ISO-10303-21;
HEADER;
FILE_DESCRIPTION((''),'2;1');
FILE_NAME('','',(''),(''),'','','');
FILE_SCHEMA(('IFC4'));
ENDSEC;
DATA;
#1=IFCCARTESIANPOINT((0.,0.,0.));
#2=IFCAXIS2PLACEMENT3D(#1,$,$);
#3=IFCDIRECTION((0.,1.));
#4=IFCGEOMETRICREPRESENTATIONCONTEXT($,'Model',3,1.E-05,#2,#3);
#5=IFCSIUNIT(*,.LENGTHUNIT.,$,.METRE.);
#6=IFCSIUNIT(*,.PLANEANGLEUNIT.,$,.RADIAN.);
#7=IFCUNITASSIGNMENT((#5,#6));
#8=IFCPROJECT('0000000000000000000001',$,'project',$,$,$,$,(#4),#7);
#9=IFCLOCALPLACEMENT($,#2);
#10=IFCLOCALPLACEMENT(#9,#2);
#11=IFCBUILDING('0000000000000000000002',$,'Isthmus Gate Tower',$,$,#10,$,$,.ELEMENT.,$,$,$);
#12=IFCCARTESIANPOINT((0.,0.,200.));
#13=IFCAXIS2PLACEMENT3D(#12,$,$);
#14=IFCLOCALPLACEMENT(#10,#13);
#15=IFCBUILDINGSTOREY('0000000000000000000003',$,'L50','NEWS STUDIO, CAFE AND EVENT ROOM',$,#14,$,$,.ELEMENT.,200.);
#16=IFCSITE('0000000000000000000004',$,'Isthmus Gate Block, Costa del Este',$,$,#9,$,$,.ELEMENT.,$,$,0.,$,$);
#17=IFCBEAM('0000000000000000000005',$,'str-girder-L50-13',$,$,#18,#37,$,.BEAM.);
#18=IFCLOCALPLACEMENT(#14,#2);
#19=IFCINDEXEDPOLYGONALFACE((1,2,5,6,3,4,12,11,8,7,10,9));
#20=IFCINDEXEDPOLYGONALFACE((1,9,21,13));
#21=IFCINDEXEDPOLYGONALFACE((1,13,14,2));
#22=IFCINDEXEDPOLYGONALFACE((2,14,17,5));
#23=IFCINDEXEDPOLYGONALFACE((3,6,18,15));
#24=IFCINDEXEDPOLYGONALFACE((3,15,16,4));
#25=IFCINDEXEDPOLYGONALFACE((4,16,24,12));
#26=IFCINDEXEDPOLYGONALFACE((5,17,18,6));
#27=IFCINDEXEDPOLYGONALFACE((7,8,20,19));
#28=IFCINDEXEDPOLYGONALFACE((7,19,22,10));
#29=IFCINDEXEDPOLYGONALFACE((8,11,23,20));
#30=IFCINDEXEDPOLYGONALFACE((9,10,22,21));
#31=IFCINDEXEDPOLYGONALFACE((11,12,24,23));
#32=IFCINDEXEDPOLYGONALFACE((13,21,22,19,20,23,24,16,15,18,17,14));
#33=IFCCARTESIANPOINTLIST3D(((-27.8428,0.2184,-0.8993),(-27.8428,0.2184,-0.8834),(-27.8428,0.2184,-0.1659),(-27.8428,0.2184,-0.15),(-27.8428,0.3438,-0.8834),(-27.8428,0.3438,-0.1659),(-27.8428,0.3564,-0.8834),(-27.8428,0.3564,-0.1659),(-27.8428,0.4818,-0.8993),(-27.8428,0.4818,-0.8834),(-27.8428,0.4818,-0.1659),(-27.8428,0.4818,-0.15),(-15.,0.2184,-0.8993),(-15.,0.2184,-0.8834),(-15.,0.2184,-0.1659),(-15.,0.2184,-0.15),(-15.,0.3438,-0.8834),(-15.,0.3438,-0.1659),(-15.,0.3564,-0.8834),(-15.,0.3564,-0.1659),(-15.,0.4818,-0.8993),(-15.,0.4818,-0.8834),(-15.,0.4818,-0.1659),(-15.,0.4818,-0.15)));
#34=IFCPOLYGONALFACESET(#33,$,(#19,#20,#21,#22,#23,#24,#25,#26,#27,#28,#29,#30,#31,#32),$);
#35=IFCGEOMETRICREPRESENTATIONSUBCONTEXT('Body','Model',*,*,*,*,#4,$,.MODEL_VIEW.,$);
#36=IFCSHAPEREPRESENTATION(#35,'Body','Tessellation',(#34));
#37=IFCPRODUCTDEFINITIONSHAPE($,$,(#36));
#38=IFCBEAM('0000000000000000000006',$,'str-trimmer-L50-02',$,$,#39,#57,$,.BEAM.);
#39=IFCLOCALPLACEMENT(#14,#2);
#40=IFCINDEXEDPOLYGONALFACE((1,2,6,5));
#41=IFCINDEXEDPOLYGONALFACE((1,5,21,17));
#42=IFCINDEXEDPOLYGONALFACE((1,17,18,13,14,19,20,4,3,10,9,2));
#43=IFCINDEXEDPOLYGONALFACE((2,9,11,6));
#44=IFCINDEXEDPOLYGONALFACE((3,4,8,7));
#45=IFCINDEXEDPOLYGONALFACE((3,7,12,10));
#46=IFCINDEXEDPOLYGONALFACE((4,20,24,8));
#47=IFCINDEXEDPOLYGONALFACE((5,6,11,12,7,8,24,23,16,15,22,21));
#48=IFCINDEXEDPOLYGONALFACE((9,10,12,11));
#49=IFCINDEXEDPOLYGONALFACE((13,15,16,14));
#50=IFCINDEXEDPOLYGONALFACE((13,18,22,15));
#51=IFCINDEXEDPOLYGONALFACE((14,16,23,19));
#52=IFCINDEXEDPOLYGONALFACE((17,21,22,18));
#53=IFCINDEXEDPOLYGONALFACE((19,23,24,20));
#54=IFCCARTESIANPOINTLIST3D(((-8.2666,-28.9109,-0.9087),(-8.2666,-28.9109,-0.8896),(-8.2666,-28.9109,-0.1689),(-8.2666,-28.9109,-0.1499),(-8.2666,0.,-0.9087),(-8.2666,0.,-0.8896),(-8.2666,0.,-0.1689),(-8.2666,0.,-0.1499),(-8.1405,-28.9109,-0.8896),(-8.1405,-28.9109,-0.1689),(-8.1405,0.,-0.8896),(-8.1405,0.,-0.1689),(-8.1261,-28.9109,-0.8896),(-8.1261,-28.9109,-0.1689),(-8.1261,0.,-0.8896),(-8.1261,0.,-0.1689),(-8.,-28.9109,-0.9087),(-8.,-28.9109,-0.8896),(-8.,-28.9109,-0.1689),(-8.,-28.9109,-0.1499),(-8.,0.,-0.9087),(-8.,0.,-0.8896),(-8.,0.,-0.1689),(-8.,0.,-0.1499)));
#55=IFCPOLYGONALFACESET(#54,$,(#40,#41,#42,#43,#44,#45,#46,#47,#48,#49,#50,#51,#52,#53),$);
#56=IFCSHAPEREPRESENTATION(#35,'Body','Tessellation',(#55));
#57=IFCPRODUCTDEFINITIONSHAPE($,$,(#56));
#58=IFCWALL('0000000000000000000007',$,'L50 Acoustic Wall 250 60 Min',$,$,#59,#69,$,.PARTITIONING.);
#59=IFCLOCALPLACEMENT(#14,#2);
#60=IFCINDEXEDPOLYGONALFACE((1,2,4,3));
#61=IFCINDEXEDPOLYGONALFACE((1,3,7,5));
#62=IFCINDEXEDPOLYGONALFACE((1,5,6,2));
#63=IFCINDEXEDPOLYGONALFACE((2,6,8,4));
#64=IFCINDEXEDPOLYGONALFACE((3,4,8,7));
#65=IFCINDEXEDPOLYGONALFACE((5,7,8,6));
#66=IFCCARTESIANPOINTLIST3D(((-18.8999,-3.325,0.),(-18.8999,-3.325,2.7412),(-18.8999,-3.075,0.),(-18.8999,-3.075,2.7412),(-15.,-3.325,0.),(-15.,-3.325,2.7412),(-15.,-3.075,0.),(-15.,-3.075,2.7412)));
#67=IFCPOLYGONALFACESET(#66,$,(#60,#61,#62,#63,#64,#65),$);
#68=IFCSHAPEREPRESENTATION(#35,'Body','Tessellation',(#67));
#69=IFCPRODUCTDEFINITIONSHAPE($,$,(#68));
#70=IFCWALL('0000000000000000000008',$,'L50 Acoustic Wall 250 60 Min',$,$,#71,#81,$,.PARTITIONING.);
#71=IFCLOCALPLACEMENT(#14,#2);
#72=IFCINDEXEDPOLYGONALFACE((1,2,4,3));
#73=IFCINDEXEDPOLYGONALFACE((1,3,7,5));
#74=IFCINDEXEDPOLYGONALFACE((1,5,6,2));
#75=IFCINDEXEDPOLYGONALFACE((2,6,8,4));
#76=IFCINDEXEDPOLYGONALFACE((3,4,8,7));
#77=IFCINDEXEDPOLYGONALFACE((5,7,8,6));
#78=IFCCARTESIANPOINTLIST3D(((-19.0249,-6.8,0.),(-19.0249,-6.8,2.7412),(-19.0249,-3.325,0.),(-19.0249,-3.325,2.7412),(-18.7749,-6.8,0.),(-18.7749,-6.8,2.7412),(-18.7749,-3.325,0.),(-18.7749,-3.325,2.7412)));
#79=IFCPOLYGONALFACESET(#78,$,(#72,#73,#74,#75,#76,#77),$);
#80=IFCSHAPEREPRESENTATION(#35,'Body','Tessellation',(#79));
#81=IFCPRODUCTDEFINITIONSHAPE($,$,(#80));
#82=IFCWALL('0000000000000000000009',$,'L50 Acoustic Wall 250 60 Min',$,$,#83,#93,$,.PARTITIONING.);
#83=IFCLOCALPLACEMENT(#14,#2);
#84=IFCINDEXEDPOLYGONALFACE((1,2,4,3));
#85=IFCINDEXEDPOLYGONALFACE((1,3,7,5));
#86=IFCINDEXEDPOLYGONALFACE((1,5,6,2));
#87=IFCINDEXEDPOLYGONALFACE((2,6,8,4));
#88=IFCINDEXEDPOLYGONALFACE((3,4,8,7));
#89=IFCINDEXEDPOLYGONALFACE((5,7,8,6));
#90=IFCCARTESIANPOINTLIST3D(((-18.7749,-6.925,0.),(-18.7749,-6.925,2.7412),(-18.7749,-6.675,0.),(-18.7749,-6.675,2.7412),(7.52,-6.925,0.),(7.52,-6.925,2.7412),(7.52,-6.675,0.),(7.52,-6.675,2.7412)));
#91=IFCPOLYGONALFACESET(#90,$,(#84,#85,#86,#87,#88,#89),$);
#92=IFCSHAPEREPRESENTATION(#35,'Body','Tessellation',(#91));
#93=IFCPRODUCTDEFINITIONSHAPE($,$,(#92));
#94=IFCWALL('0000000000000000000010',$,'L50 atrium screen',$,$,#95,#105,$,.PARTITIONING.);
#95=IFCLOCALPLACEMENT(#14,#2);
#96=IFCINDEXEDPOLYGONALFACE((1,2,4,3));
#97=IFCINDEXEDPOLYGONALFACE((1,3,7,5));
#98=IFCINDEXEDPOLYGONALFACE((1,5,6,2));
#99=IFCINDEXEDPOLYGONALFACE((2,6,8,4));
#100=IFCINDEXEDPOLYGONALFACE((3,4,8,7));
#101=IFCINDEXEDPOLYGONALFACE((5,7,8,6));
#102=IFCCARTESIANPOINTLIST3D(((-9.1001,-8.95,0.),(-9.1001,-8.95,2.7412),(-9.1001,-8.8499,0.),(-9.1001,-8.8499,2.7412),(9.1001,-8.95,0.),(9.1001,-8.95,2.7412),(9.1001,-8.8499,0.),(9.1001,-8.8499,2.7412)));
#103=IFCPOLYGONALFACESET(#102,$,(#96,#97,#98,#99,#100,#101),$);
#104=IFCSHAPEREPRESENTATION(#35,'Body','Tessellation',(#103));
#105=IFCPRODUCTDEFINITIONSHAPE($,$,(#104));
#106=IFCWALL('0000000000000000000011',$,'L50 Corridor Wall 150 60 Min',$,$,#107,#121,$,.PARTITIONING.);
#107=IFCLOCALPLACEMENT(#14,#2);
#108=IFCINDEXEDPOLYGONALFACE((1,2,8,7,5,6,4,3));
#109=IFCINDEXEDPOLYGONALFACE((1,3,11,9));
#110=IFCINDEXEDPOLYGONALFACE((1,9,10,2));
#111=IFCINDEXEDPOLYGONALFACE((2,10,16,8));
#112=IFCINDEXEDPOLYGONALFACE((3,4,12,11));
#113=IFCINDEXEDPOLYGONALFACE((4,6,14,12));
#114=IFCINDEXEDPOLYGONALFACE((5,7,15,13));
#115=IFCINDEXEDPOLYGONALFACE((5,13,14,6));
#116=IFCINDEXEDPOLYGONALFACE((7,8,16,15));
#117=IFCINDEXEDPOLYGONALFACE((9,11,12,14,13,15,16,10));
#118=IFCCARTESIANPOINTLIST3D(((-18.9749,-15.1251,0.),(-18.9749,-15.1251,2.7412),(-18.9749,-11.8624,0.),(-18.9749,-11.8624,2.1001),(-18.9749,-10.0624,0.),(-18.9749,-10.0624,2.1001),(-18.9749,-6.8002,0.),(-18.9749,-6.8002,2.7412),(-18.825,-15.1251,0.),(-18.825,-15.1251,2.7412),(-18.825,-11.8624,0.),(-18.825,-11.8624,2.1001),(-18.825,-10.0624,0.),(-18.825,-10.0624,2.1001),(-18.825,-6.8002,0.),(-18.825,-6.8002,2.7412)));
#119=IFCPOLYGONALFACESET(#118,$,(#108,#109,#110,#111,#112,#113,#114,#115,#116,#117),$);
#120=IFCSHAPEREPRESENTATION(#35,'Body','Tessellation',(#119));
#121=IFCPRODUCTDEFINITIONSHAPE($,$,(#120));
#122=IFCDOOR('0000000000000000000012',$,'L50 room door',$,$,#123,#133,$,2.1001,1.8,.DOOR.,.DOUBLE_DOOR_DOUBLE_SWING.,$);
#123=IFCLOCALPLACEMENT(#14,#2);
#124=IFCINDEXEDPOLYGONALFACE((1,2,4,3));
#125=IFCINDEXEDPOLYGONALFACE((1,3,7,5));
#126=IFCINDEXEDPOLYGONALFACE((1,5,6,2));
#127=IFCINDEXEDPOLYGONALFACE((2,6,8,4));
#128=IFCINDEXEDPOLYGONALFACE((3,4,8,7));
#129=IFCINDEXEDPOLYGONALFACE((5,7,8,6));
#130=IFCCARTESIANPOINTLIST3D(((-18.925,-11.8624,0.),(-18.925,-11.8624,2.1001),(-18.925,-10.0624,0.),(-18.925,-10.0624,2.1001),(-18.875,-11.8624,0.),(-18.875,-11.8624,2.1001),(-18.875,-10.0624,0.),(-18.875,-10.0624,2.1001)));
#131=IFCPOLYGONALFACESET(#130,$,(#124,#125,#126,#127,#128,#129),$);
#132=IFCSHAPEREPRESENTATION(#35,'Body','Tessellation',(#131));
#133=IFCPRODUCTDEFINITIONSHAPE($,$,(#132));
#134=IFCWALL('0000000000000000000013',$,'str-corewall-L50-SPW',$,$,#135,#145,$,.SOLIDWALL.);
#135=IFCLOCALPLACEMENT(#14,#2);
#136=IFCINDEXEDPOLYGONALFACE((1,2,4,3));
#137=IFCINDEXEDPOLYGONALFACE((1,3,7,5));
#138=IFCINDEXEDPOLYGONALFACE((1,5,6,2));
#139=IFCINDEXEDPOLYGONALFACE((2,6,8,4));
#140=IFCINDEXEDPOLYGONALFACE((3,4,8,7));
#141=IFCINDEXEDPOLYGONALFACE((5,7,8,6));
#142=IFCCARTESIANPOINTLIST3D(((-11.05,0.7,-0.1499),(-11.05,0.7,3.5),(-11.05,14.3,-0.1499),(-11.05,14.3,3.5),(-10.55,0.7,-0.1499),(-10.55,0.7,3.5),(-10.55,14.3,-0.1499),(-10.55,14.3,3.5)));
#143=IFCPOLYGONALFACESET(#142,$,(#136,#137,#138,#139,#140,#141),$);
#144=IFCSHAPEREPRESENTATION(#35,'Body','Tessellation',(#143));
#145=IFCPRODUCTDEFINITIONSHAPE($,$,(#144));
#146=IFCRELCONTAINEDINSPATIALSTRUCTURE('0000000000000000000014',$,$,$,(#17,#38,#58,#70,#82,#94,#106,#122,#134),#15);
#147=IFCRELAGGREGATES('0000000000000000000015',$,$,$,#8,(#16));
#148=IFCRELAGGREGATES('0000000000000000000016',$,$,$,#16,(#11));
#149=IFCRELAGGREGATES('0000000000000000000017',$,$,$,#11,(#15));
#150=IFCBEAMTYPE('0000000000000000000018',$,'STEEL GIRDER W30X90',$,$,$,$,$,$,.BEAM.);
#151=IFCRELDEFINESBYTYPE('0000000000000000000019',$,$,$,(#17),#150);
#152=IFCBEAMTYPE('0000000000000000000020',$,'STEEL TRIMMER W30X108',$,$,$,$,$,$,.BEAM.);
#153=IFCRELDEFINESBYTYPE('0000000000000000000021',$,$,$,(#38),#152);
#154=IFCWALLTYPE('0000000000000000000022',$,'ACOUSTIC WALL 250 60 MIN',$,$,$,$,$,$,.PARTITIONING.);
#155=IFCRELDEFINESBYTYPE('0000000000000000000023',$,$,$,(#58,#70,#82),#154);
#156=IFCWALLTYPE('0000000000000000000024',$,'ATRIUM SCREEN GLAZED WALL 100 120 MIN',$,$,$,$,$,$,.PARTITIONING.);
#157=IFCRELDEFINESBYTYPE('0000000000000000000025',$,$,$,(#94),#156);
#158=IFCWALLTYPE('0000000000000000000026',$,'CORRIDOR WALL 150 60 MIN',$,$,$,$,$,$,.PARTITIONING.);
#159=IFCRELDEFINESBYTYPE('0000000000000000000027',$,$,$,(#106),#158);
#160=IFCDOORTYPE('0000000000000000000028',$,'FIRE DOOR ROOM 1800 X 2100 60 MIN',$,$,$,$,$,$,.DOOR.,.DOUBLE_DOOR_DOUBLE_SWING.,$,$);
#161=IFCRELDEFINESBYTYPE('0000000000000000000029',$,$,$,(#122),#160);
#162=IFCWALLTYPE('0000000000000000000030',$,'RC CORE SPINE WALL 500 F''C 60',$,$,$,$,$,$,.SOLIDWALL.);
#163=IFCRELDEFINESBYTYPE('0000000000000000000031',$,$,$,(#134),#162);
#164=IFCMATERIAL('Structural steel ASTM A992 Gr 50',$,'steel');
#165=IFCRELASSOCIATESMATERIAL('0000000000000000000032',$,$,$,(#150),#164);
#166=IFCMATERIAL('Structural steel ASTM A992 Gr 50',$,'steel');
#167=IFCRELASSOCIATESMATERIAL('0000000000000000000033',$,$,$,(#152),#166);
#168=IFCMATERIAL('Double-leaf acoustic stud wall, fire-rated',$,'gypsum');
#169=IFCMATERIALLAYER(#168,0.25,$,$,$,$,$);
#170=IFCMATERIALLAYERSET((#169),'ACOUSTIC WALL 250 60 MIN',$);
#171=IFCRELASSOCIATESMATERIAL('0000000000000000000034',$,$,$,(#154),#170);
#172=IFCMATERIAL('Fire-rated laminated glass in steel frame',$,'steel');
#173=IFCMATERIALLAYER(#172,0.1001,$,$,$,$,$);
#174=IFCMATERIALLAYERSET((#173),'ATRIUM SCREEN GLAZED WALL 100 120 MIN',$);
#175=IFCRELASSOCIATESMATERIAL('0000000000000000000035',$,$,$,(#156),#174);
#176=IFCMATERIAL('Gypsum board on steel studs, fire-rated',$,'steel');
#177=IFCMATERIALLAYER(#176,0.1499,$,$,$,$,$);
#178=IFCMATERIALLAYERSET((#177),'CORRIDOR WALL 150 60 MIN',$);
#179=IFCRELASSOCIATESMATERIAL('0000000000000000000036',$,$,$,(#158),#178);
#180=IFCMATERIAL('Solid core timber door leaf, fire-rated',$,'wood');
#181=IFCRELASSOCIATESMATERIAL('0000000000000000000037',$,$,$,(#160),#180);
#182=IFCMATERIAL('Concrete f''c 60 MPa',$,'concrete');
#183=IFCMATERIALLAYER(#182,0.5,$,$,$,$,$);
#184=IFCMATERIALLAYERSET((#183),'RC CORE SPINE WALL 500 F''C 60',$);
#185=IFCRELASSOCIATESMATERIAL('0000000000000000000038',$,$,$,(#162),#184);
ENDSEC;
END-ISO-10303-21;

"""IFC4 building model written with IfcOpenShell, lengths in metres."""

from ifc_helpers import new_model, si_unit, direction, frame, frame_2d, origin, origin_2d, place, context, subcontext, project, spatial, rectangle, i_section, extrude, material, layer, layer_set, material_profile, profile_set, type_object, element, fill, save


model = new_model("IFC4")

# Units and contexts
model_context = context("Model", 3, precision=1e-05, world=origin(), true_north=direction((0.0, 1.0)))
body_context = subcontext(model_context, "Body", "Model", "MODEL_VIEW")
ifc_project = project(units=[si_unit("LENGTHUNIT", "METRE"), si_unit("PLANEANGLEUNIT", "RADIAN")], contexts=[model_context])

# Site, building, storey
site_placement = place(None, origin())
site = spatial("IfcSite", under=ifc_project, at=site_placement, Name="Isthmus Gate Block, Costa del Este", CompositionType="ELEMENT", RefElevation=0.0)
building_placement = place(site_placement, origin())
building = spatial("IfcBuilding", under=site, at=building_placement, Name="Isthmus Gate Tower", CompositionType="ELEMENT")
storey_placement = place(building_placement, frame((0.0, 0.0, 200.0)))
storey = spatial("IfcBuildingStorey", under=building, at=storey_placement, Name="L50", Description="NEWS STUDIO, CAFE AND EVENT ROOM", CompositionType="ELEMENT", Elevation=200.0)

# Beams
ifc_material_1 = material(Name="Structural steel ASTM A992 Gr 50", Category="steel")
ifc_material_profile_1 = material_profile(ifc_material_1, i_section(OverallWidth=0.2634, OverallDepth=0.7493, WebThickness=0.0127, FlangeThickness=0.0159, at=origin_2d()), Name="W30X90")
ifc_profile_set_1 = profile_set([ifc_material_profile_1], Name="Structural steel ASTM A992 Gr 50")
beam_type_1 = type_object("IfcBeamType", Name="STEEL GIRDER W30X90", PredefinedType="BEAM", material=ifc_profile_set_1)
beam_1_placement = place(storey_placement, frame((-15.0, 0.3501, -0.5247), z_axis=(-1.0, 0.0, 0.0), x_axis=(0.0, -1.0, 0.0)))
element("IfcBeam", 1, at=beam_1_placement, inside=storey, type_object=beam_type_1, Name="str-girder-L50-13", PredefinedType="BEAM", context=body_context, shape_type="SweptSolid", body=[
    extrude(i_section(OverallWidth=0.2634, OverallDepth=0.7493, WebThickness=0.0127, FlangeThickness=0.0159, at=origin_2d()), origin(), (0.0, 0.0, 1.0), 12.8428),
])
ifc_material_2 = material(Name="Structural steel ASTM A992 Gr 50", Category="steel")
ifc_material_profile_2 = material_profile(ifc_material_2, i_section(OverallWidth=0.2666, OverallDepth=0.7588, WebThickness=0.0144, FlangeThickness=0.019, at=origin_2d()), Name="W30X108")
ifc_profile_set_2 = profile_set([ifc_material_profile_2], Name="Structural steel ASTM A992 Gr 50")
beam_type_2 = type_object("IfcBeamType", Name="STEEL TRIMMER W30X108", PredefinedType="BEAM", material=ifc_profile_set_2)
beam_2_placement = place(storey_placement, frame((-8.1333, 0.0, -0.5293), z_axis=(0.0, -1.0, 0.0), x_axis=(1.0, 0.0, 0.0)))
element("IfcBeam", 2, at=beam_2_placement, inside=storey, type_object=beam_type_2, Name="str-trimmer-L50-02", PredefinedType="BEAM", context=body_context, shape_type="SweptSolid", body=[
    extrude(i_section(OverallWidth=0.2666, OverallDepth=0.7588, WebThickness=0.0144, FlangeThickness=0.019, at=origin_2d()), origin(), (0.0, 0.0, 1.0), 28.9109),
])

# Walls
ifc_material_3 = material(Name="Double-leaf acoustic stud wall, fire-rated", Category="gypsum")
ifc_layer_1 = layer(ifc_material_3, 0.25)
ifc_layer_set_1 = layer_set([ifc_layer_1], Name="ACOUSTIC WALL 250 60 MIN")
wall_type_1 = type_object("IfcWallType", Name="ACOUSTIC WALL 250 60 MIN", PredefinedType="PARTITIONING", material=ifc_layer_set_1)
wall_1_placement = place(storey_placement, frame((-15.0, -3.2, 0.0), z_axis=(0.0, 0.0, 1.0), x_axis=(-1.0, 0.0, 0.0)))
element("IfcWall", 3, at=wall_1_placement, inside=storey, type_object=wall_type_1, Name="L50 Acoustic Wall 250 60 Min", PredefinedType="PARTITIONING", context=body_context, shape_type="SweptSolid", body=[
    extrude(rectangle(XDim=3.8999, YDim=0.25, at=frame_2d((1.95, 0.0))), origin(), (0.0, 0.0, 1.0), 2.7412),
])
wall_2_placement = place(storey_placement, frame((-18.8999, -3.325, 0.0), z_axis=(0.0, 0.0, 1.0), x_axis=(0.0, -1.0, 0.0)))
element("IfcWall", 4, at=wall_2_placement, inside=storey, type_object=wall_type_1, Name="L50 Acoustic Wall 250 60 Min", PredefinedType="PARTITIONING", context=body_context, shape_type="SweptSolid", body=[
    extrude(rectangle(XDim=3.4751, YDim=0.25, at=frame_2d((1.7375, 0.0))), origin(), (0.0, 0.0, 1.0), 2.7412),
])
wall_3_placement = place(storey_placement, frame((-18.7749, -6.8, 0.0), z_axis=(0.0, 0.0, 1.0), x_axis=(1.0, 0.0, 0.0)))
element("IfcWall", 5, at=wall_3_placement, inside=storey, type_object=wall_type_1, Name="L50 Acoustic Wall 250 60 Min", PredefinedType="PARTITIONING", context=body_context, shape_type="SweptSolid", body=[
    extrude(rectangle(XDim=26.2949, YDim=0.25, at=frame_2d((13.1475, 0.0))), origin(), (0.0, 0.0, 1.0), 2.7412),
])
ifc_material_4 = material(Name="Fire-rated laminated glass in steel frame", Category="steel")
ifc_layer_2 = layer(ifc_material_4, 0.1001)
ifc_layer_set_2 = layer_set([ifc_layer_2], Name="ATRIUM SCREEN GLAZED WALL 100 120 MIN")
wall_type_2 = type_object("IfcWallType", Name="ATRIUM SCREEN GLAZED WALL 100 120 MIN", PredefinedType="PARTITIONING", material=ifc_layer_set_2)
wall_4_placement = place(storey_placement, frame((-9.1001, -8.8999, 0.0), z_axis=(0.0, 0.0, 1.0), x_axis=(1.0, 0.0, 0.0)))
element("IfcWall", 6, at=wall_4_placement, inside=storey, type_object=wall_type_2, Name="L50 atrium screen", PredefinedType="PARTITIONING", context=body_context, shape_type="SweptSolid", body=[
    extrude(rectangle(XDim=18.2002, YDim=0.1001, at=frame_2d((9.1001, 0.0))), origin(), (0.0, 0.0, 1.0), 2.7412),
])

# Wall, opening, door
ifc_material_5 = material(Name="Gypsum board on steel studs, fire-rated", Category="steel")
ifc_layer_3 = layer(ifc_material_5, 0.1499)
ifc_layer_set_3 = layer_set([ifc_layer_3], Name="CORRIDOR WALL 150 60 MIN")
wall_type_3 = type_object("IfcWallType", Name="CORRIDOR WALL 150 60 MIN", PredefinedType="PARTITIONING", material=ifc_layer_set_3)
wall_5_placement = place(storey_placement, frame((-18.8999, -6.8, 0.0), z_axis=(0.0, 0.0, 1.0), x_axis=(0.0, -1.0, 0.0)))
wall_5 = element("IfcWall", 7, at=wall_5_placement, inside=storey, type_object=wall_type_3, Name="L50 Corridor Wall 150 60 Min", PredefinedType="PARTITIONING", context=body_context, shape_type="SweptSolid", body=[
    extrude(rectangle(XDim=8.325, YDim=0.1499, at=frame_2d((4.1626, 0.0))), origin(), (0.0, 0.0, 1.0), 2.7412),
])
opening_1_placement = place(wall_5_placement, frame((3.2625, 0.0, 0.0)))
opening_1 = element("IfcOpeningElement", 8, at=opening_1_placement, cuts=wall_5, PredefinedType="OPENING", context=body_context, shape_type="SweptSolid", body=[
    extrude(rectangle(XDim=1.8, YDim=2.1001, at=frame_2d((0.8999, 1.05))), frame((0.0, 0.085, 0.0), z_axis=(0.0, -1.0, 0.0), x_axis=(1.0, 0.0, 0.0)), (0.0, 0.0, 1.0), 0.1699),
])
ifc_material_6 = material(Name="Solid core timber door leaf, fire-rated", Category="wood")
door_type_1 = type_object("IfcDoorType", Name="FIRE DOOR ROOM 1800 X 2100 60 MIN", OperationType="DOUBLE_DOOR_DOUBLE_SWING", PredefinedType="DOOR", material=ifc_material_6)
door_1_placement = place(opening_1_placement, origin())
door_1 = element("IfcDoor", 9, at=door_1_placement, inside=storey, type_object=door_type_1, Name="L50 room door", OperationType="DOUBLE_DOOR_DOUBLE_SWING", OverallHeight=2.1001, OverallWidth=1.8, PredefinedType="DOOR", context=body_context, shape_type="SweptSolid", body=[
    extrude(rectangle(XDim=1.8, YDim=2.1001, at=frame_2d((0.8999, 1.05))), frame((0.0, 0.0249, 0.0), z_axis=(0.0, -1.0, 0.0), x_axis=(1.0, 0.0, 0.0)), (0.0, 0.0, 1.0), 0.05),
])
fill(opening_1, door_1)

# Wall
ifc_material_7 = material(Name="Concrete f'c 60 MPa", Category="concrete")
ifc_layer_4 = layer(ifc_material_7, 0.5)
ifc_layer_set_4 = layer_set([ifc_layer_4], Name="RC CORE SPINE WALL 500 F'C 60")
wall_type_4 = type_object("IfcWallType", Name="RC CORE SPINE WALL 500 F'C 60", PredefinedType="SOLIDWALL", material=ifc_layer_set_4)
wall_6_placement = place(storey_placement, frame((-10.8, 0.7, -0.1499), z_axis=(0.0, 0.0, 1.0), x_axis=(0.0, 1.0, 0.0)))
element("IfcWall", 10, at=wall_6_placement, inside=storey, type_object=wall_type_4, Name="str-corewall-L50-SPW", PredefinedType="SOLIDWALL", context=body_context, shape_type="SweptSolid", body=[
    extrude(rectangle(XDim=13.6001, YDim=0.5, at=frame_2d((6.8, 0.0))), origin(), (0.0, 0.0, 1.0), 3.6499),
])

save(model, "model.ifc")
